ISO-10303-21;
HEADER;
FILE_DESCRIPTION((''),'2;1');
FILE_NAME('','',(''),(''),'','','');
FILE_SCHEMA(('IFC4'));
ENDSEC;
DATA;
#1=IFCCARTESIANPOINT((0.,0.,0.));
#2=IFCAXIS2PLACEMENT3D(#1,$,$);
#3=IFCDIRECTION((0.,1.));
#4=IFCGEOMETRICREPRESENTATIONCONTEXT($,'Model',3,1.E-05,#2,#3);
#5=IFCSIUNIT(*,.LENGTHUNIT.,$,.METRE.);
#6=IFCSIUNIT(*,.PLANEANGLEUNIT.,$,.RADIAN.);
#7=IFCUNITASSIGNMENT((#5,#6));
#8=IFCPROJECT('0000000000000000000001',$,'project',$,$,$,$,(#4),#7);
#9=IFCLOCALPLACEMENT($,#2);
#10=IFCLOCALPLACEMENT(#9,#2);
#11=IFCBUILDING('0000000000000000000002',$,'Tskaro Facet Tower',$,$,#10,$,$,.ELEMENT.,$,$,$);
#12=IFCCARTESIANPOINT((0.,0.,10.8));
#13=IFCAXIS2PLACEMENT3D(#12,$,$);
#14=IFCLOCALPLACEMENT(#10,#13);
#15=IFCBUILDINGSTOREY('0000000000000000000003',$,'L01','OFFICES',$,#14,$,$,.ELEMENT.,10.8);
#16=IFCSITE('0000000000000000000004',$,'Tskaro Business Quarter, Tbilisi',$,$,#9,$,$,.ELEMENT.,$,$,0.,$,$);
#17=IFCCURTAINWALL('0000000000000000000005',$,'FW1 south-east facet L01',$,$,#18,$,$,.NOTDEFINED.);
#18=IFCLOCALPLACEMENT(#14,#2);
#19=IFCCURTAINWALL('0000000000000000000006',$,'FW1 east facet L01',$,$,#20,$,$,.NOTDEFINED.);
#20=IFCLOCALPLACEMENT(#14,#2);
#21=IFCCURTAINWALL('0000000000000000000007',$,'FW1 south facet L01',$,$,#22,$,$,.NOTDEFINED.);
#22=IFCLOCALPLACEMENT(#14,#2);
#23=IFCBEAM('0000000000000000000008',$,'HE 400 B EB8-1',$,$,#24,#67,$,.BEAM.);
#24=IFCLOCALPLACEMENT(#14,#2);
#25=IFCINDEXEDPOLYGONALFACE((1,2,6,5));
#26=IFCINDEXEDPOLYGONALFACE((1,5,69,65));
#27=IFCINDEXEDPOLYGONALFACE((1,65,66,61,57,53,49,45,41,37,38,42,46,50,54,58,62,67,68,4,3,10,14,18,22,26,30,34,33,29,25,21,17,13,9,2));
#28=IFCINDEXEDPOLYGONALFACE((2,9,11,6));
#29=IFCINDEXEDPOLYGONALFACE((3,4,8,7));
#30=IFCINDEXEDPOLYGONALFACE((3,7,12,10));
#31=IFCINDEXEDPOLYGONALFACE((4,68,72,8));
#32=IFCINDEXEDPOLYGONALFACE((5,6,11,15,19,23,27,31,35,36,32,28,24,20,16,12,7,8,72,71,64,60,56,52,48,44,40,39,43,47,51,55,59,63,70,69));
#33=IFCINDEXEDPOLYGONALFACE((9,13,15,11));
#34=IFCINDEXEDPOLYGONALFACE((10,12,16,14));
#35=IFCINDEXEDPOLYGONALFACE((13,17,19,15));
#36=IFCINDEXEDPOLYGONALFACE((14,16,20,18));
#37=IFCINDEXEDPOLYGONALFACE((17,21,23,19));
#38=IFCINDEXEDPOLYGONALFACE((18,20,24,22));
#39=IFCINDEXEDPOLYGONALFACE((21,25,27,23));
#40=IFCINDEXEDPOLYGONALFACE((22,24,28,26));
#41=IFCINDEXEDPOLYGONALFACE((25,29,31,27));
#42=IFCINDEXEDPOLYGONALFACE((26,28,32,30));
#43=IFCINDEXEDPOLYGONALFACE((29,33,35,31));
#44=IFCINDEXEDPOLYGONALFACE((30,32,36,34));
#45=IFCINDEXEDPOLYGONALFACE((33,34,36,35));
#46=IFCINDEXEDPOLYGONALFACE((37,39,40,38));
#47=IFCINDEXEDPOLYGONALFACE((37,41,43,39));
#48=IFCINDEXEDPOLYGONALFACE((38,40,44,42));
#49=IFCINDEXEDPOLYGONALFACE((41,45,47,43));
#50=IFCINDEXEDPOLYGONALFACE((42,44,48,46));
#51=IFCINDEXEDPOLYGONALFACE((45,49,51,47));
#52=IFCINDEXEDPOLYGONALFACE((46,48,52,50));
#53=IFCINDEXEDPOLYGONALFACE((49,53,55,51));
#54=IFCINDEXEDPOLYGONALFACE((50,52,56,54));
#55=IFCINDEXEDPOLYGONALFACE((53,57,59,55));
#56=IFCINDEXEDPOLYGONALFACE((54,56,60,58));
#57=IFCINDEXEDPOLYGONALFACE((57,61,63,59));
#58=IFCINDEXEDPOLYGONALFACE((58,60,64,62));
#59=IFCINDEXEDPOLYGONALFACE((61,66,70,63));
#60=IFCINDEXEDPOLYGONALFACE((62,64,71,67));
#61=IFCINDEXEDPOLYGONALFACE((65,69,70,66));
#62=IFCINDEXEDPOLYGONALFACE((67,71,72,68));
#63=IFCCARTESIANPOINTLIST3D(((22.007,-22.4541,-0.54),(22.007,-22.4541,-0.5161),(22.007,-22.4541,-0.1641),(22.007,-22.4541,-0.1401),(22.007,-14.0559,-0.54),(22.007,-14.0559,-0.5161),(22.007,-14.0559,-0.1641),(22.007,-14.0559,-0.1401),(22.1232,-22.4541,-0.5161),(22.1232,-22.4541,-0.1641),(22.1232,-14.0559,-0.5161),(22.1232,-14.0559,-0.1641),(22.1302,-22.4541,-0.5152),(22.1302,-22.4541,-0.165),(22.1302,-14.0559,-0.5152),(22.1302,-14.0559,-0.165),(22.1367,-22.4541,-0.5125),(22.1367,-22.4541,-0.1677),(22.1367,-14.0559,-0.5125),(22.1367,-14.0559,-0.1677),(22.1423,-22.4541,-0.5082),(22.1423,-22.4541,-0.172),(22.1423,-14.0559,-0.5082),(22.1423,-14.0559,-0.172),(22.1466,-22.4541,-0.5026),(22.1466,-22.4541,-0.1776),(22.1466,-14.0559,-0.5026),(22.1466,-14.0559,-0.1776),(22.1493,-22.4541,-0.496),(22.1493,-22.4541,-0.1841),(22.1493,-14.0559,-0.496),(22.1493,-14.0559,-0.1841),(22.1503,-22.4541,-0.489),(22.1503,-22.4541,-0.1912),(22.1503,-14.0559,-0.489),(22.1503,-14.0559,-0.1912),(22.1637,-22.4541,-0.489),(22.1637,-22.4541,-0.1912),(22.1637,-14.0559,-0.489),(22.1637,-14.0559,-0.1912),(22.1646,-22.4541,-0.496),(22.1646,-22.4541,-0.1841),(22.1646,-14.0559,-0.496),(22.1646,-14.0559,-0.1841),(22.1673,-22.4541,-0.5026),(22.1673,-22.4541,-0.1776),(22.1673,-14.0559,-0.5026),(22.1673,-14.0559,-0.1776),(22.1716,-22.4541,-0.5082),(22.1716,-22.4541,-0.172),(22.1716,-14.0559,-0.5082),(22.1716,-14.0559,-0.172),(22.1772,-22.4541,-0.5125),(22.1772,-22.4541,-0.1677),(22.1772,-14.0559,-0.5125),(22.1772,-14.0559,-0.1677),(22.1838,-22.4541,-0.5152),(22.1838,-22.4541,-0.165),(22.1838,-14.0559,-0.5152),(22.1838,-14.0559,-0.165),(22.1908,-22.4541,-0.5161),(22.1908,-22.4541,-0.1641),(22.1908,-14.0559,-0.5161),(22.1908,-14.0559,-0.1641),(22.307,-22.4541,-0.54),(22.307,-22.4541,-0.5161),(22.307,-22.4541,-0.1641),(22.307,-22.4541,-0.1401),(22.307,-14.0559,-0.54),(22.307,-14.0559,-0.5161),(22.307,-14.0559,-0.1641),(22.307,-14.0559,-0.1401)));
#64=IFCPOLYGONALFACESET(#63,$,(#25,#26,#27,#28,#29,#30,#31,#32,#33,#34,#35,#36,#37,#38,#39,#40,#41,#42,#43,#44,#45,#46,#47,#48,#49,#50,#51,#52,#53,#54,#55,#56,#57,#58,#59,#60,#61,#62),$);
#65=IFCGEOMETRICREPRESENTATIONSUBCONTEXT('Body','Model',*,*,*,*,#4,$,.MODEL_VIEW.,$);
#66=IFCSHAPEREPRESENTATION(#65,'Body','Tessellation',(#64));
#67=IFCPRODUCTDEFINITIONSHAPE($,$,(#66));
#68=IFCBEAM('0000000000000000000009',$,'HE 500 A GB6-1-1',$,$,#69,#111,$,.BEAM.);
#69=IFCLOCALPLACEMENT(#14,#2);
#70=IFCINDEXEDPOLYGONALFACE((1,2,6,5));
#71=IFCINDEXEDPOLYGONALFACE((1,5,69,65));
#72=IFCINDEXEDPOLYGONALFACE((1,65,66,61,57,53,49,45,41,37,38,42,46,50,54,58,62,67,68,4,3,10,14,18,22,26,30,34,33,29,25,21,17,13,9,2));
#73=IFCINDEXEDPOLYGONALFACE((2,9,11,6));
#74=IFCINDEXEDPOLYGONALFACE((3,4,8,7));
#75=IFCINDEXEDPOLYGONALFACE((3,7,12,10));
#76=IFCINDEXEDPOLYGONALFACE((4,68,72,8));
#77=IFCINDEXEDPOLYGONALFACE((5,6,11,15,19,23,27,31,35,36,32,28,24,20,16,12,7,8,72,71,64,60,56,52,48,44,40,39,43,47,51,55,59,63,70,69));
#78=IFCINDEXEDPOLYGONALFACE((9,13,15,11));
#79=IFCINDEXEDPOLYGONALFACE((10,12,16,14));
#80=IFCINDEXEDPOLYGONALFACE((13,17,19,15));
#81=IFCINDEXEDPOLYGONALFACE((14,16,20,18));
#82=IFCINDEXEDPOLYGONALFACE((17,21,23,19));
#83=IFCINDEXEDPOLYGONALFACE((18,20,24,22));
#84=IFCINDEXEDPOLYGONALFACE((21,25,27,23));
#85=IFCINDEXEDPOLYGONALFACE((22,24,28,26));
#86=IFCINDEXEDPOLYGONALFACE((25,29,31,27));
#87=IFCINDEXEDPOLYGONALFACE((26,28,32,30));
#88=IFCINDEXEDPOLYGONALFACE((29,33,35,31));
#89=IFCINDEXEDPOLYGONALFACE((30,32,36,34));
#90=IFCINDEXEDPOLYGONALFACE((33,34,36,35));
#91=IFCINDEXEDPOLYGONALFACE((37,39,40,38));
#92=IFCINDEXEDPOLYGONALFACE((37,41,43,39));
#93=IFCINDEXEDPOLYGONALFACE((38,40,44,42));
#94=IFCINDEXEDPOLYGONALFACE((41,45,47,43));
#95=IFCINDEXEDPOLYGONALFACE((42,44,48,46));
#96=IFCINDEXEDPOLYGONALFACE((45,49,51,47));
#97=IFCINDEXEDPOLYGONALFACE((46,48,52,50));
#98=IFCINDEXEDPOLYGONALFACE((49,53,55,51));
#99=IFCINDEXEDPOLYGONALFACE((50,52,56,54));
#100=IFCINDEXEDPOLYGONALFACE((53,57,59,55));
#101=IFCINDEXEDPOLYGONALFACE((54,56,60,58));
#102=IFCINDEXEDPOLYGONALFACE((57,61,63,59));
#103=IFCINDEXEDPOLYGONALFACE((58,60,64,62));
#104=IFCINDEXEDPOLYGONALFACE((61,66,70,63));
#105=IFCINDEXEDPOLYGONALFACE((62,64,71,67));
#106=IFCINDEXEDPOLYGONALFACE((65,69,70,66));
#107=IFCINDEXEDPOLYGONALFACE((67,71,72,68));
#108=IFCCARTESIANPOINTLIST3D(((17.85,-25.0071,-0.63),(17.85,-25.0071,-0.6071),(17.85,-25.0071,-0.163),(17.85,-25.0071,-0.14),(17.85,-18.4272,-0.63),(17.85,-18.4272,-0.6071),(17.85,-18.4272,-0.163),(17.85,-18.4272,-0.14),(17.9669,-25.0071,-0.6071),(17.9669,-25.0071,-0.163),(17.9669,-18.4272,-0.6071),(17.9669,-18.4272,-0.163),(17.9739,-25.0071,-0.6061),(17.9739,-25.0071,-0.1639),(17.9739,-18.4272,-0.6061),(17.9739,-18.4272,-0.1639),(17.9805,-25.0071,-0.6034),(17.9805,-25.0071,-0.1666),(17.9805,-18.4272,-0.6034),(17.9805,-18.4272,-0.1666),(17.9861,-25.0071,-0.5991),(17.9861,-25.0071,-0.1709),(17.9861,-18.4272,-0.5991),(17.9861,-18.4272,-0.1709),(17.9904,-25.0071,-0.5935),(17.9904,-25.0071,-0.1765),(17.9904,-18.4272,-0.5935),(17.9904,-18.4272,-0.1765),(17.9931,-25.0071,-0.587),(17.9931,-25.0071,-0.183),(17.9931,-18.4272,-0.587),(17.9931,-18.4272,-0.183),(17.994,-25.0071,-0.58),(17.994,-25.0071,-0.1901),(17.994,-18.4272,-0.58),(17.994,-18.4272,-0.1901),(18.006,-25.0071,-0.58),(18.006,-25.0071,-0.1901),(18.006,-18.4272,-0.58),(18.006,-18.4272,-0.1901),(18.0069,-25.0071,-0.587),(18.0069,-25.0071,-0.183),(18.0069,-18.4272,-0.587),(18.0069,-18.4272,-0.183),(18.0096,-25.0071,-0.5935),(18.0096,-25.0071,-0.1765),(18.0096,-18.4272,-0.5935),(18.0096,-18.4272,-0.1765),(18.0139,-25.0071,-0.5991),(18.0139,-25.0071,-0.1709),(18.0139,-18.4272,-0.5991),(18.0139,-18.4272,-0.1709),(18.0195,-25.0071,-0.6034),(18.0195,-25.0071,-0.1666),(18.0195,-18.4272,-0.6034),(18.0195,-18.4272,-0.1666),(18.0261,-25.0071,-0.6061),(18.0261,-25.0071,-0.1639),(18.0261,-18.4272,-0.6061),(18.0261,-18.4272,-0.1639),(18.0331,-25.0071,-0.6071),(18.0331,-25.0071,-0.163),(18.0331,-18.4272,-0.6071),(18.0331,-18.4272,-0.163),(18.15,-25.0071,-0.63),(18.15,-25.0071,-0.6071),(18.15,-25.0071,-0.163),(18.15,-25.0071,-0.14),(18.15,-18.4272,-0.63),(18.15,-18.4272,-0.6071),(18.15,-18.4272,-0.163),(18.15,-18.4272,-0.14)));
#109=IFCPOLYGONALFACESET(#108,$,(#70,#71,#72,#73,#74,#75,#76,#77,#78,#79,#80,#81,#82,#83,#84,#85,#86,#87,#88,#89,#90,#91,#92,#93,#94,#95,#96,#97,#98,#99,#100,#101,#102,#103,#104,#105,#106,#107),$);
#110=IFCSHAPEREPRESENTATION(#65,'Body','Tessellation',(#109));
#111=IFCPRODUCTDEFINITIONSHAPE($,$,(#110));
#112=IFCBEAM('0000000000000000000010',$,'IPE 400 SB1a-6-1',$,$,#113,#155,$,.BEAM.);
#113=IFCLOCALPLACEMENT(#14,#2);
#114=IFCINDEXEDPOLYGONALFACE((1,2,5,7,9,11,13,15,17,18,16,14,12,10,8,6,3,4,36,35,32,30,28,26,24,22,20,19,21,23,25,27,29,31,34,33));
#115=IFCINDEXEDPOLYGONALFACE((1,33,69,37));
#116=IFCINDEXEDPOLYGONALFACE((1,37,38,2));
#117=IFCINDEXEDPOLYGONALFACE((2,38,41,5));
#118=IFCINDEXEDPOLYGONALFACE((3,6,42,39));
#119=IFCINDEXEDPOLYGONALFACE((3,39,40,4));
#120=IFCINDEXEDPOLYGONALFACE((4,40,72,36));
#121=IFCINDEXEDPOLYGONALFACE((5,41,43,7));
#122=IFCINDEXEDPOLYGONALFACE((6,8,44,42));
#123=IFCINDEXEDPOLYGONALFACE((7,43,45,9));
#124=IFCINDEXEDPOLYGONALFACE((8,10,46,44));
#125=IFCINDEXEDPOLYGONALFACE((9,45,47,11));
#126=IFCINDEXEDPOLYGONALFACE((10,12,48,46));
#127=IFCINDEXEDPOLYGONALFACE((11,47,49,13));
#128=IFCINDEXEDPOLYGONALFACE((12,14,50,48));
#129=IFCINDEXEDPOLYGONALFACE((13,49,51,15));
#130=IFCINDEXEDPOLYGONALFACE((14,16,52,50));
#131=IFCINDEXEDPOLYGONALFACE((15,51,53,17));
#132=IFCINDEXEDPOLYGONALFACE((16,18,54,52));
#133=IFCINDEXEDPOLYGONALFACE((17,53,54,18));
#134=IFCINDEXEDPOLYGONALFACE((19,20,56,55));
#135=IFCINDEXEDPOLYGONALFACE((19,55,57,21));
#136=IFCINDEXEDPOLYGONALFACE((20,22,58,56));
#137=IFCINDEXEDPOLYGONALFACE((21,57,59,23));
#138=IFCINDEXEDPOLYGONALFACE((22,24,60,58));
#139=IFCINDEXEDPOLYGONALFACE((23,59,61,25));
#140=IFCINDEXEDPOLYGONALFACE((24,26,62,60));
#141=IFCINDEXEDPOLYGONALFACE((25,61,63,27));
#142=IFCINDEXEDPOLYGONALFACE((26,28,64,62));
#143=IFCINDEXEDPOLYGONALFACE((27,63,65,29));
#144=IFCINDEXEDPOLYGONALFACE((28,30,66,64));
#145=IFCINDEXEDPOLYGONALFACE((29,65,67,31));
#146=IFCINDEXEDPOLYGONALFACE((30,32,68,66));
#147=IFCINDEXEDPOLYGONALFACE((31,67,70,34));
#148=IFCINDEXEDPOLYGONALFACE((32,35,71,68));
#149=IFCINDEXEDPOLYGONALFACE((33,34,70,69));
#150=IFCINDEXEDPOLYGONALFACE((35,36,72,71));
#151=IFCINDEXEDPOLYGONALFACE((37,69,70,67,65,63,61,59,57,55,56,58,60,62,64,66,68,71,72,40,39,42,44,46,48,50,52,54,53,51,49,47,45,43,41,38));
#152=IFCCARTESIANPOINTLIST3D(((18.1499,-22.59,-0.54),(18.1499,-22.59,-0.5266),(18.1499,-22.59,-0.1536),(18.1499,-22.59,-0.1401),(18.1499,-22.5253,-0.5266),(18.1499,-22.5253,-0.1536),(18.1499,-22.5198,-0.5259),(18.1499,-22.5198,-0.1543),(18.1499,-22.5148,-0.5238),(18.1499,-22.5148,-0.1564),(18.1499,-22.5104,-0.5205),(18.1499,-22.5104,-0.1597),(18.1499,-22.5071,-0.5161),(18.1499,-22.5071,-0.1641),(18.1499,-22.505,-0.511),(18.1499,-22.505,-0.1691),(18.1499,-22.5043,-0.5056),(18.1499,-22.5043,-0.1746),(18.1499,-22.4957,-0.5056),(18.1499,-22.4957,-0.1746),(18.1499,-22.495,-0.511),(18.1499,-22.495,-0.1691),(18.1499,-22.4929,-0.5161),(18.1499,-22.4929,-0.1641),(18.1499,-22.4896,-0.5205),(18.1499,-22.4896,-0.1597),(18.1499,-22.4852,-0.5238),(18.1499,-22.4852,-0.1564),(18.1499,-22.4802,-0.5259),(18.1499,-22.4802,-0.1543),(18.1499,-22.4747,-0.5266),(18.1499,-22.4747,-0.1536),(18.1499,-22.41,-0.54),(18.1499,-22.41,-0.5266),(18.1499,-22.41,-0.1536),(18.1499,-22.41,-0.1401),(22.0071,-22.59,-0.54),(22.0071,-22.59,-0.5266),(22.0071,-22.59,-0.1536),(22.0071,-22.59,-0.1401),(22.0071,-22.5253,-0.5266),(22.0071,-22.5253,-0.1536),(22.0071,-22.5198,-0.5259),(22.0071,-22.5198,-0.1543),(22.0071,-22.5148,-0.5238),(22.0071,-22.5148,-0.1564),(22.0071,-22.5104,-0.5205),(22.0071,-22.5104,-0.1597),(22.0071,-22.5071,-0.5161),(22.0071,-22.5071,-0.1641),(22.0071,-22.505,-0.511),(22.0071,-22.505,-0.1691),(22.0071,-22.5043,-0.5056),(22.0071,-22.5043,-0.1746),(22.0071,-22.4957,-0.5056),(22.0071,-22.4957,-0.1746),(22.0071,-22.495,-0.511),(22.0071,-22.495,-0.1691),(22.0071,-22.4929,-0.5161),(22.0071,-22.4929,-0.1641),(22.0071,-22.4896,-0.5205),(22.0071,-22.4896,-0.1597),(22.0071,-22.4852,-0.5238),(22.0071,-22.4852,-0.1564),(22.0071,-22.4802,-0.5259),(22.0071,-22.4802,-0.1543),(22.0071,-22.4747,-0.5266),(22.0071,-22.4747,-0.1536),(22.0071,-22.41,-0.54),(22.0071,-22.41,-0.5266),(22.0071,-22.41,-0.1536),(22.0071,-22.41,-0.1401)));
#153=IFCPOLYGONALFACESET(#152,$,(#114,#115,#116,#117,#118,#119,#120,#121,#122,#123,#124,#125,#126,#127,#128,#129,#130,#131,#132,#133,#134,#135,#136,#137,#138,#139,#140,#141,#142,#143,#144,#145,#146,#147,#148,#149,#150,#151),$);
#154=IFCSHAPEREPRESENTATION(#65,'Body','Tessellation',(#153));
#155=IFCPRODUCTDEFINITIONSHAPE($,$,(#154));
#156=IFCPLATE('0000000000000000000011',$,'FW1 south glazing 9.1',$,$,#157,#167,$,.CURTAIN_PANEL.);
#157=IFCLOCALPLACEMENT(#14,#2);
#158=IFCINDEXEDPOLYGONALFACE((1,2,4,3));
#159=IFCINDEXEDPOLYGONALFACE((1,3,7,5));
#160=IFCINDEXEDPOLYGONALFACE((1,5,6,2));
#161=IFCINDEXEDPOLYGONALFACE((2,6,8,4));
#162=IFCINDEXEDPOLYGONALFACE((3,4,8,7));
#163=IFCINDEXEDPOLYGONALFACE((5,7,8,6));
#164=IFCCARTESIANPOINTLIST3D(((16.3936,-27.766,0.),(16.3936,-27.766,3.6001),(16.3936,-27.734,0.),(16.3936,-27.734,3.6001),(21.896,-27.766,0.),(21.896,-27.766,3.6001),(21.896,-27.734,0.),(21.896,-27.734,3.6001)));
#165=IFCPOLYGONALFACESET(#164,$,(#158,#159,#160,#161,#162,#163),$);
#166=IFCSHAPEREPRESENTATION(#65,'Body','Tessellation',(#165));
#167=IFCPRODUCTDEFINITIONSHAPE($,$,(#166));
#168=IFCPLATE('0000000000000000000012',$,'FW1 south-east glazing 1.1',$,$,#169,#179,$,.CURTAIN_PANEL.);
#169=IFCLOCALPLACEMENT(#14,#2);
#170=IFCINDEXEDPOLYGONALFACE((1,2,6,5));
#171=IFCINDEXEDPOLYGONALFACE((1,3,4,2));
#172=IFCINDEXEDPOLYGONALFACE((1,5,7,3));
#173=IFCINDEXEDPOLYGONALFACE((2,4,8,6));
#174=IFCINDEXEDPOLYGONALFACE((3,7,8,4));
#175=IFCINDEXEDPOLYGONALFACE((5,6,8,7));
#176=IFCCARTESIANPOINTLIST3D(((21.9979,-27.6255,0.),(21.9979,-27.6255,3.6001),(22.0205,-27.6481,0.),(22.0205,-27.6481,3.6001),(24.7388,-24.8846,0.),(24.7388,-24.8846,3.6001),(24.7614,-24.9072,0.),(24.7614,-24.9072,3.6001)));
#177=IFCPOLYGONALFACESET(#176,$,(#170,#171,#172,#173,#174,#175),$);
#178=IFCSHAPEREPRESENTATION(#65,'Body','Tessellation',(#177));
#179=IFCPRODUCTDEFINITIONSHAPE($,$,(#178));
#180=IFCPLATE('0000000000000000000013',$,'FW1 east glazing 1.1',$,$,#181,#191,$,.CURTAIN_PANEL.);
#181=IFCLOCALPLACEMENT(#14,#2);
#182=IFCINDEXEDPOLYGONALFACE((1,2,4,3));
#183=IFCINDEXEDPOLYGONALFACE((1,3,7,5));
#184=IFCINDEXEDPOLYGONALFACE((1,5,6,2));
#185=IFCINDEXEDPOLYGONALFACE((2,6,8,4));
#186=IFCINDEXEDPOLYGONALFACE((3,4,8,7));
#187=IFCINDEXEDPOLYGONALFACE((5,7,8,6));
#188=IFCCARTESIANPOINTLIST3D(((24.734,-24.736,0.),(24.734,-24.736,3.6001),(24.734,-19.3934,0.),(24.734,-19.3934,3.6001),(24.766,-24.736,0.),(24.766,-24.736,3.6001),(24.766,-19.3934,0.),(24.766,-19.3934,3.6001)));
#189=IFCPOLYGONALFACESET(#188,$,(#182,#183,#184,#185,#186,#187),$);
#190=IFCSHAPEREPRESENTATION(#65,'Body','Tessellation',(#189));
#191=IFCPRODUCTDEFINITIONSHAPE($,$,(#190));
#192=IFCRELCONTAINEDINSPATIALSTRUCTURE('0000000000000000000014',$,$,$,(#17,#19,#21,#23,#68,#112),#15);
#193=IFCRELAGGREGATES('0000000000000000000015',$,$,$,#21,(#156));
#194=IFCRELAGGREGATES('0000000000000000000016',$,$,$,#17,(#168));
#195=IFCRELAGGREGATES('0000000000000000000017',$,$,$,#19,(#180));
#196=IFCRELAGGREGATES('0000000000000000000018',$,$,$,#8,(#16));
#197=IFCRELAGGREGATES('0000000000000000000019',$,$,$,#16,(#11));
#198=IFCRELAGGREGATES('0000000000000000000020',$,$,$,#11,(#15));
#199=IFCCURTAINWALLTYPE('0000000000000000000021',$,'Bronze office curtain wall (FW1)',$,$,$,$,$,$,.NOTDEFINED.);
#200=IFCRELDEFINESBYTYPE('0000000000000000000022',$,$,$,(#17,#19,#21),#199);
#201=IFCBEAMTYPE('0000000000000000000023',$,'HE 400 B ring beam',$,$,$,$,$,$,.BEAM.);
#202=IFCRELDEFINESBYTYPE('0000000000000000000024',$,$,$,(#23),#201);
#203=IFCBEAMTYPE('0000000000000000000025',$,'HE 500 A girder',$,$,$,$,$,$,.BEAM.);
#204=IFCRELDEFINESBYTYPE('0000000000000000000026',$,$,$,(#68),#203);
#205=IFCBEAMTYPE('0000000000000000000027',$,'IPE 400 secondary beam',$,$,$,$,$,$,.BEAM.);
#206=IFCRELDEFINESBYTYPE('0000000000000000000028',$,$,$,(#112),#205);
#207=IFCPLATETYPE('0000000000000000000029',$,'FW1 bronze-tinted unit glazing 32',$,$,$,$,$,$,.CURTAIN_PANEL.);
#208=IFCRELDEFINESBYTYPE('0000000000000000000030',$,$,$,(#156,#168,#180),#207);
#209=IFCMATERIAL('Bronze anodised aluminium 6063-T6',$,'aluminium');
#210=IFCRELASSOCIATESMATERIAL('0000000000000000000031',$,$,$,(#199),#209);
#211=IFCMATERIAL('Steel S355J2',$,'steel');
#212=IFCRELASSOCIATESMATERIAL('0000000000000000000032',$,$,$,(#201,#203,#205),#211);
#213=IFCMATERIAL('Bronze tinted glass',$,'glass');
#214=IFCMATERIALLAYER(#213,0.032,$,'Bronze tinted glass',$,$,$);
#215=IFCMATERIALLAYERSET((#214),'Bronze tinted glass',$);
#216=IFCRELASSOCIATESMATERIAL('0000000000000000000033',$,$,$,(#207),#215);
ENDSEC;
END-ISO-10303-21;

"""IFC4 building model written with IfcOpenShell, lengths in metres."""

from ifc_helpers import new_model, si_unit, direction, frame, origin, origin_2d, place, context, subcontext, project, spatial, rectangle, i_section, extrude, material, layer, layer_set, material_profile, profile_set, type_object, element, aggregate, save


model = new_model("IFC4")

# Units and contexts
model_context = context("Model", 3, precision=1e-05, world=origin(), true_north=direction((0.0, 1.0)))
body_context = subcontext(model_context, "Body", "Model", "MODEL_VIEW")
ifc_project = project(units=[si_unit("LENGTHUNIT", "METRE"), si_unit("PLANEANGLEUNIT", "RADIAN")], contexts=[model_context])

# Site, building, storey
site_placement = place(None, origin())
site = spatial("IfcSite", under=ifc_project, at=site_placement, Name="Tskaro Business Quarter, Tbilisi", CompositionType="ELEMENT", RefElevation=0.0)
building_placement = place(site_placement, origin())
building = spatial("IfcBuilding", under=site, at=building_placement, Name="Tskaro Facet Tower", CompositionType="ELEMENT")
storey_placement = place(building_placement, frame((0.0, 0.0, 10.8)))
storey = spatial("IfcBuildingStorey", under=building, at=storey_placement, Name="L01", Description="OFFICES", CompositionType="ELEMENT", Elevation=10.8)

# Curtain walls
ifc_material_1 = material(Name="Bronze anodised aluminium 6063-T6", Category="aluminium")
curtain_wall_type = type_object("IfcCurtainWallType", Name="Bronze office curtain wall (FW1)", PredefinedType="NOTDEFINED", material=ifc_material_1)
curtain_wall_1_placement = place(storey_placement, origin())
curtain_wall_1 = element("IfcCurtainWall", 1, at=curtain_wall_1_placement, inside=storey, type_object=curtain_wall_type, Name="FW1 south-east facet L01", PredefinedType="NOTDEFINED")
curtain_wall_2_placement = place(storey_placement, origin())
curtain_wall_2 = element("IfcCurtainWall", 2, at=curtain_wall_2_placement, inside=storey, type_object=curtain_wall_type, Name="FW1 east facet L01", PredefinedType="NOTDEFINED")
curtain_wall_3_placement = place(storey_placement, origin())
curtain_wall_3 = element("IfcCurtainWall", 3, at=curtain_wall_3_placement, inside=storey, type_object=curtain_wall_type, Name="FW1 south facet L01", PredefinedType="NOTDEFINED")

# Beams
ifc_material_2 = material(Name="Steel S355J2", Category="steel")
ifc_material_profile_1 = material_profile(ifc_material_2, i_section(OverallWidth=0.3, OverallDepth=0.3999, WebThickness=0.0134, FlangeThickness=0.0239, FilletRadius=0.0271, at=origin_2d()), Name="HE 400 B")
ifc_profile_set_1 = profile_set([ifc_material_profile_1], Name="Steel S355J2")
beam_type_1 = type_object("IfcBeamType", Name="HE 400 B ring beam", PredefinedType="BEAM", material=ifc_profile_set_1)
beam_1_placement = place(storey_placement, frame((22.157, -22.4541, -0.3401), z_axis=(0.0, 1.0, 0.0), x_axis=(-1.0, 0.0, 0.0)))
element("IfcBeam", 4, at=beam_1_placement, inside=storey, type_object=beam_type_1, Name="HE 400 B EB8-1", PredefinedType="BEAM", context=body_context, shape_type="SweptSolid", body=[
    extrude(i_section(OverallWidth=0.3, OverallDepth=0.3999, WebThickness=0.0134, FlangeThickness=0.0239, FilletRadius=0.0271, at=origin_2d()), origin(), (0.0, 0.0, 1.0), 8.3982),
])
ifc_material_profile_2 = material_profile(ifc_material_2, i_section(OverallWidth=0.3, OverallDepth=0.49, WebThickness=0.012, FlangeThickness=0.0229, FilletRadius=0.0271, at=origin_2d()), Name="HE 500 A")
ifc_profile_set_2 = profile_set([ifc_material_profile_2], Name="Steel S355J2")
beam_type_2 = type_object("IfcBeamType", Name="HE 500 A girder", PredefinedType="BEAM", material=ifc_profile_set_2)
beam_2_placement = place(storey_placement, frame((18.0, -25.0071, -0.385), z_axis=(0.0, 1.0, 0.0), x_axis=(-1.0, 0.0, 0.0)))
element("IfcBeam", 5, at=beam_2_placement, inside=storey, type_object=beam_type_2, Name="HE 500 A GB6-1-1", PredefinedType="BEAM", context=body_context, shape_type="SweptSolid", body=[
    extrude(i_section(OverallWidth=0.3, OverallDepth=0.49, WebThickness=0.012, FlangeThickness=0.0229, FilletRadius=0.0271, at=origin_2d()), origin(), (0.0, 0.0, 1.0), 6.5798),
])
ifc_material_profile_3 = material_profile(ifc_material_2, i_section(OverallWidth=0.1799, OverallDepth=0.3999, WebThickness=0.0085, FlangeThickness=0.0134, FilletRadius=0.021, at=origin_2d()), Name="IPE 400")
ifc_profile_set_3 = profile_set([ifc_material_profile_3], Name="Steel S355J2")
beam_type_3 = type_object("IfcBeamType", Name="IPE 400 secondary beam", PredefinedType="BEAM", material=ifc_profile_set_3)
beam_3_placement = place(storey_placement, frame((18.1499, -22.5, -0.3401), z_axis=(1.0, 0.0, 0.0), x_axis=(0.0, 1.0, 0.0)))
element("IfcBeam", 6, at=beam_3_placement, inside=storey, type_object=beam_type_3, Name="IPE 400 SB1a-6-1", PredefinedType="BEAM", context=body_context, shape_type="SweptSolid", body=[
    extrude(i_section(OverallWidth=0.1799, OverallDepth=0.3999, WebThickness=0.0085, FlangeThickness=0.0134, FilletRadius=0.021, at=origin_2d()), origin(), (0.0, 0.0, 1.0), 3.8572),
])

# Plates
ifc_material_3 = material(Name="Bronze tinted glass", Category="glass")
ifc_layer_1 = layer(ifc_material_3, 0.032, Name="Bronze tinted glass")
ifc_layer_set_1 = layer_set([ifc_layer_1], Name="Bronze tinted glass")
plate_type = type_object("IfcPlateType", Name="FW1 bronze-tinted unit glazing 32", PredefinedType="CURTAIN_PANEL", material=ifc_layer_set_1)
plate_1_placement = place(storey_placement, frame((19.1448, -27.75, 0.0), z_axis=(0.0, 0.0, 1.0), x_axis=(1.0, 0.0, 0.0)))
plate_1 = element("IfcPlate", 7, at=plate_1_placement, type_object=plate_type, Name="FW1 south glazing 9.1", PredefinedType="CURTAIN_PANEL", context=body_context, shape_type="SweptSolid", body=[
    extrude(rectangle(XDim=5.5024, YDim=0.032, at=origin_2d()), origin(), (0.0, 0.0, 1.0), 3.6001),
])
aggregate(curtain_wall_3, [plate_1])
plate_2_placement = place(storey_placement, frame((23.3796, -26.2664, 0.0), z_axis=(0.0, 0.0, 1.0), x_axis=(0.707107, 0.707107, 0.0)))
plate_2 = element("IfcPlate", 8, at=plate_2_placement, type_object=plate_type, Name="FW1 south-east glazing 1.1", PredefinedType="CURTAIN_PANEL", context=body_context, shape_type="SweptSolid", body=[
    extrude(rectangle(XDim=3.8762, YDim=0.032, at=origin_2d()), origin(), (0.0, 0.0, 1.0), 3.6001),
])
aggregate(curtain_wall_1, [plate_2])
plate_3_placement = place(storey_placement, frame((24.75, -22.0647, 0.0), z_axis=(0.0, 0.0, 1.0), x_axis=(0.0, 1.0, 0.0)))
plate_3 = element("IfcPlate", 9, at=plate_3_placement, type_object=plate_type, Name="FW1 east glazing 1.1", PredefinedType="CURTAIN_PANEL", context=body_context, shape_type="SweptSolid", body=[
    extrude(rectangle(XDim=5.3425, YDim=0.032, at=origin_2d()), origin(), (0.0, 0.0, 1.0), 3.6001),
])
aggregate(curtain_wall_2, [plate_3])

save(model, "model.ifc")
